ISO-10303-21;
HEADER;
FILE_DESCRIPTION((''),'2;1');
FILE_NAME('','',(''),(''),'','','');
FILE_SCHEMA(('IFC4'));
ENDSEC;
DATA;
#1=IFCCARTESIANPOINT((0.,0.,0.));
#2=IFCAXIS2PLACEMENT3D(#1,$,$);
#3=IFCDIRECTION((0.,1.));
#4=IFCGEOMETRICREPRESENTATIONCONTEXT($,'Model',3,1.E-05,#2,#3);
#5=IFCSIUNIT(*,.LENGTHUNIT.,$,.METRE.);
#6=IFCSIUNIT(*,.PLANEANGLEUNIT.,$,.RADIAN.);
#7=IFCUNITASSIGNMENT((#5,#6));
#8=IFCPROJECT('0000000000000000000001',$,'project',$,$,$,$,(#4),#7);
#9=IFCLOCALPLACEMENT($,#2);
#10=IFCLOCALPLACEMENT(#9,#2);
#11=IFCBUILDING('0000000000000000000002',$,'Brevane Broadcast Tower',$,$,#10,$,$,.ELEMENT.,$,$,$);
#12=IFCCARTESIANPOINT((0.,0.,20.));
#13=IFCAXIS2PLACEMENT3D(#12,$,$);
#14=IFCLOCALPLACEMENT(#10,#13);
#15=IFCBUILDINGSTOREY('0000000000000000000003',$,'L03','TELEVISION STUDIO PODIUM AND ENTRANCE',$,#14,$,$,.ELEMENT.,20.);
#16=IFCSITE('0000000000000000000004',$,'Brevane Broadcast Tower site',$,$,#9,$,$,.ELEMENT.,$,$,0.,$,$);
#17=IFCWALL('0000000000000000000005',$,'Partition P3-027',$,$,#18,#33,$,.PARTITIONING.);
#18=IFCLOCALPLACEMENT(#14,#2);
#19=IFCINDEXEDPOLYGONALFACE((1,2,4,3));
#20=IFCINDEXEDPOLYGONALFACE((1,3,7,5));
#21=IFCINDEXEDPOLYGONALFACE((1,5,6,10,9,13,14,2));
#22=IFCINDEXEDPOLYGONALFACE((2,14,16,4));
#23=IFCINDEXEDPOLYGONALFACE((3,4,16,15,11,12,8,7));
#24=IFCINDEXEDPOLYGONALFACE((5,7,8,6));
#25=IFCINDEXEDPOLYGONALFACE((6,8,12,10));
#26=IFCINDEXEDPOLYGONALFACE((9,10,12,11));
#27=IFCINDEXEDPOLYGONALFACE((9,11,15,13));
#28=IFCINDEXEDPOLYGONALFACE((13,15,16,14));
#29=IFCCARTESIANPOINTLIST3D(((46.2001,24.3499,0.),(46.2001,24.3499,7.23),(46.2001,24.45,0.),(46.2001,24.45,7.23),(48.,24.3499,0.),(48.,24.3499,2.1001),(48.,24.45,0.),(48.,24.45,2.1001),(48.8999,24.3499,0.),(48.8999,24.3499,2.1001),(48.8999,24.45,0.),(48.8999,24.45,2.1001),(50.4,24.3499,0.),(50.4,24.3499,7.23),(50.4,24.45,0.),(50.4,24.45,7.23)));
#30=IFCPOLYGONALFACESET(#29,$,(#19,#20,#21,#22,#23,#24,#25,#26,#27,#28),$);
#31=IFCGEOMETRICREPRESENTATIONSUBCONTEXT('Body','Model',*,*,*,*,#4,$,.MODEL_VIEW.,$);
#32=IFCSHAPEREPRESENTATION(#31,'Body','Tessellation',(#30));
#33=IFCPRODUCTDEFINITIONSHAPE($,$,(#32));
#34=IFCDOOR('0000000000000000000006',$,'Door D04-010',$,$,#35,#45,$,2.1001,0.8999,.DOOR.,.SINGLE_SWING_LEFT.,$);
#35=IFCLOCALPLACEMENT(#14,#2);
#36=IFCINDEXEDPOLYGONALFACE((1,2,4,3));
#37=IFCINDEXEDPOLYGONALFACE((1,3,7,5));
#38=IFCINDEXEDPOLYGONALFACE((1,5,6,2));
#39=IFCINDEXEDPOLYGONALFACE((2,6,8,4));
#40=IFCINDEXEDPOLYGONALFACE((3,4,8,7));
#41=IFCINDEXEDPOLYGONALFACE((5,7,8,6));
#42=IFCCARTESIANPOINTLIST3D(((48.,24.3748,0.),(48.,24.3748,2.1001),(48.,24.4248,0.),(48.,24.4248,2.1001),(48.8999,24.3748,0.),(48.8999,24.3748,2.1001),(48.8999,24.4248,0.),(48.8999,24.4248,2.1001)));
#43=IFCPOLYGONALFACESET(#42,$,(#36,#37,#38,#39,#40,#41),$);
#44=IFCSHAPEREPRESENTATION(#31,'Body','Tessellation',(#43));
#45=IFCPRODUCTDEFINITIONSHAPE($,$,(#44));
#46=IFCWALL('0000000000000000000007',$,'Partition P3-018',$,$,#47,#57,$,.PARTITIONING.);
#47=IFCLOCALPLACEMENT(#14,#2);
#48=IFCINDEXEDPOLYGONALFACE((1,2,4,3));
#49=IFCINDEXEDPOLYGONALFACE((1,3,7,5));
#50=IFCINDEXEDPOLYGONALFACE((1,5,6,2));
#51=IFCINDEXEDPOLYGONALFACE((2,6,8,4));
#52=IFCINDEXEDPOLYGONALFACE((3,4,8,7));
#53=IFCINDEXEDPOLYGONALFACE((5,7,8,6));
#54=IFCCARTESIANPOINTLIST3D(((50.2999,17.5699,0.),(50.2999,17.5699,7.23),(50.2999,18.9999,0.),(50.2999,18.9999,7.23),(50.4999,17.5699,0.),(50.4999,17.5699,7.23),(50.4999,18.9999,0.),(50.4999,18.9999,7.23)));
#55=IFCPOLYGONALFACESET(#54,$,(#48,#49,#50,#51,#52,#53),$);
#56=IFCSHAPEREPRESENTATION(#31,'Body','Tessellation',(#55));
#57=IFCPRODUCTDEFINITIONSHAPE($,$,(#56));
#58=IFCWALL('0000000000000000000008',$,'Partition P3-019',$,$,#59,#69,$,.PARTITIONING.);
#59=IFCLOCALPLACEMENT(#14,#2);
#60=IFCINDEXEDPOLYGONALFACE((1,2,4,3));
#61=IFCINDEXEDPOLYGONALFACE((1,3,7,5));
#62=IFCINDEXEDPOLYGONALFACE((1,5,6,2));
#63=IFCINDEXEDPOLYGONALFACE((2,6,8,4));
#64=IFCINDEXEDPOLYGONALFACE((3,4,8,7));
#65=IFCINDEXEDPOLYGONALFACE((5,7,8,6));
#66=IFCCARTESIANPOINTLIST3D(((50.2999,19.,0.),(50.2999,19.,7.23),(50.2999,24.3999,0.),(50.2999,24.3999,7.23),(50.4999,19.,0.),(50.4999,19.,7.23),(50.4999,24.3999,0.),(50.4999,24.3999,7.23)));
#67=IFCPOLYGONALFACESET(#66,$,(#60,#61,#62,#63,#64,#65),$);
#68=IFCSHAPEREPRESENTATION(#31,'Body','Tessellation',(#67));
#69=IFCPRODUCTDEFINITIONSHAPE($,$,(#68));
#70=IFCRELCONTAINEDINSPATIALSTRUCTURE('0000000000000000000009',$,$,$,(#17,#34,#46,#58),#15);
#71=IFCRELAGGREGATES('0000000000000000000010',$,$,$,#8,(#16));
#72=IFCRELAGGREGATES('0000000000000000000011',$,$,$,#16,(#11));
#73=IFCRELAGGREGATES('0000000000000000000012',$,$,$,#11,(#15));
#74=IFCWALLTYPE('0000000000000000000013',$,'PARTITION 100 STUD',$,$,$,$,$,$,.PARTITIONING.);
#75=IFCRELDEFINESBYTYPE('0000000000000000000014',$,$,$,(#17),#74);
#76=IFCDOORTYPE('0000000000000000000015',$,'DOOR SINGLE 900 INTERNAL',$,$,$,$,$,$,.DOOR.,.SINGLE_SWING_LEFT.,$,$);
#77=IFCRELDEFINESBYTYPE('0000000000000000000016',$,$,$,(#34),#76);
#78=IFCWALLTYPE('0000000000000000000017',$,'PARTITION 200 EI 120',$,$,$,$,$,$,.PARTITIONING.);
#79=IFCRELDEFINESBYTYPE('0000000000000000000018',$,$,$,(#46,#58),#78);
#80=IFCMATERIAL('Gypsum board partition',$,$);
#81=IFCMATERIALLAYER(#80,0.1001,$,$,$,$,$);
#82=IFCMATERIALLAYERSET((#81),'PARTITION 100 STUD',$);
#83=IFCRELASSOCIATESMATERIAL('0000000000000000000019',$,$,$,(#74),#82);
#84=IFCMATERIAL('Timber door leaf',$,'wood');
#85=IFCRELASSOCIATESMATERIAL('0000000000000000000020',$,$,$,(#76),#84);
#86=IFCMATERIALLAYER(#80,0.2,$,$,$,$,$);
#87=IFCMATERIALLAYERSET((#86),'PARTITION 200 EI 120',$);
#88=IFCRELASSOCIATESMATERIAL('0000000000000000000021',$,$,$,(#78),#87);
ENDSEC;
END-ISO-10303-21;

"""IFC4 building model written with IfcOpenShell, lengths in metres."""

from ifc_helpers import new_model, si_unit, direction, frame, frame_2d, origin, place, context, subcontext, project, spatial, rectangle, extrude, material, layer, layer_set, type_object, element, fill, save


model = new_model("IFC4")

# Units and contexts
model_context = context("Model", 3, precision=1e-05, world=origin(), true_north=direction((0.0, 1.0)))
body_context = subcontext(model_context, "Body", "Model", "MODEL_VIEW")
ifc_project = project(units=[si_unit("LENGTHUNIT", "METRE"), si_unit("PLANEANGLEUNIT", "RADIAN")], contexts=[model_context])

# Site, building, storey
site_placement = place(None, origin())
site = spatial("IfcSite", under=ifc_project, at=site_placement, Name="Brevane Broadcast Tower site", CompositionType="ELEMENT", RefElevation=0.0)
building_placement = place(site_placement, origin())
building = spatial("IfcBuilding", under=site, at=building_placement, Name="Brevane Broadcast Tower", CompositionType="ELEMENT")
storey_placement = place(building_placement, frame((0.0, 0.0, 20.0)))
storey = spatial("IfcBuildingStorey", under=building, at=storey_placement, Name="L03", Description="TELEVISION STUDIO PODIUM AND ENTRANCE", CompositionType="ELEMENT", Elevation=20.0)

# Shared definitions
ifc_material_1 = material(Name="Gypsum board partition")
ifc_layer_1 = layer(ifc_material_1, 0.1001)
ifc_layer_set_1 = layer_set([ifc_layer_1], Name="PARTITION 100 STUD")
wall_type_1 = type_object("IfcWallType", Name="PARTITION 100 STUD", PredefinedType="PARTITIONING", material=ifc_layer_set_1)
ifc_material_2 = material(Name="Timber door leaf", Category="wood")
door_type_1 = type_object("IfcDoorType", Name="DOOR SINGLE 900 INTERNAL", OperationType="SINGLE_SWING_LEFT", PredefinedType="DOOR", material=ifc_material_2)

# Wall, opening, door
wall_1_placement = place(storey_placement, frame((46.2, 24.3999, 0.0), z_axis=(0.0, 0.0, 1.0), x_axis=(1.0, 0.0, 0.0)))
wall_1 = element("IfcWall", 1, at=wall_1_placement, inside=storey, type_object=wall_type_1, Name="Partition P3-027", PredefinedType="PARTITIONING", context=body_context, shape_type="SweptSolid", body=[
    extrude(rectangle(XDim=4.2, YDim=0.1001, at=frame_2d((2.1001, 0.0))), origin(), (0.0, 0.0, 1.0), 7.23),
])
opening_1_placement = place(wall_1_placement, frame((1.8, 0.0, 0.0)))
opening_1 = element("IfcOpeningElement", 2, at=opening_1_placement, cuts=wall_1, PredefinedType="OPENING", context=body_context, shape_type="SweptSolid", body=[
    extrude(rectangle(XDim=0.8999, YDim=2.1001, at=frame_2d((0.45, 1.05))), frame((0.0, 0.0601, 0.0), z_axis=(0.0, -1.0, 0.0), x_axis=(1.0, 0.0, 0.0)), (0.0, 0.0, 1.0), 0.1201),
])
door_1_placement = place(opening_1_placement, origin())
door_1 = element("IfcDoor", 3, at=door_1_placement, inside=storey, type_object=door_type_1, Name="Door D04-010", OperationType="SINGLE_SWING_LEFT", OverallHeight=2.1001, OverallWidth=0.8999, PredefinedType="DOOR", context=body_context, shape_type="SweptSolid", body=[
    extrude(rectangle(XDim=0.8999, YDim=2.1001, at=frame_2d((0.45, 1.05))), frame((0.0, 0.0249, 0.0), z_axis=(0.0, -1.0, 0.0), x_axis=(1.0, 0.0, 0.0)), (0.0, 0.0, 1.0), 0.05),
])
fill(opening_1, door_1)

# Walls
ifc_layer_2 = layer(ifc_material_1, 0.2)
ifc_layer_set_2 = layer_set([ifc_layer_2], Name="PARTITION 200 EI 120")
wall_type_2 = type_object("IfcWallType", Name="PARTITION 200 EI 120", PredefinedType="PARTITIONING", material=ifc_layer_set_2)
wall_2_placement = place(storey_placement, frame((50.3999, 17.5701, 0.0), z_axis=(0.0, 0.0, 1.0), x_axis=(0.0, 1.0, 0.0)))
element("IfcWall", 4, at=wall_2_placement, inside=storey, type_object=wall_type_2, Name="Partition P3-018", PredefinedType="PARTITIONING", context=body_context, shape_type="SweptSolid", body=[
    extrude(rectangle(XDim=1.4299, YDim=0.2, at=frame_2d((0.7148, 0.0))), origin(), (0.0, 0.0, 1.0), 7.23),
])
wall_3_placement = place(storey_placement, frame((50.3999, 19.0, 0.0), z_axis=(0.0, 0.0, 1.0), x_axis=(0.0, 1.0, 0.0)))
element("IfcWall", 5, at=wall_3_placement, inside=storey, type_object=wall_type_2, Name="Partition P3-019", PredefinedType="PARTITIONING", context=body_context, shape_type="SweptSolid", body=[
    extrude(rectangle(XDim=5.3999, YDim=0.2, at=frame_2d((2.7, 0.0))), origin(), (0.0, 0.0, 1.0), 7.23),
])

save(model, "model.ifc")
